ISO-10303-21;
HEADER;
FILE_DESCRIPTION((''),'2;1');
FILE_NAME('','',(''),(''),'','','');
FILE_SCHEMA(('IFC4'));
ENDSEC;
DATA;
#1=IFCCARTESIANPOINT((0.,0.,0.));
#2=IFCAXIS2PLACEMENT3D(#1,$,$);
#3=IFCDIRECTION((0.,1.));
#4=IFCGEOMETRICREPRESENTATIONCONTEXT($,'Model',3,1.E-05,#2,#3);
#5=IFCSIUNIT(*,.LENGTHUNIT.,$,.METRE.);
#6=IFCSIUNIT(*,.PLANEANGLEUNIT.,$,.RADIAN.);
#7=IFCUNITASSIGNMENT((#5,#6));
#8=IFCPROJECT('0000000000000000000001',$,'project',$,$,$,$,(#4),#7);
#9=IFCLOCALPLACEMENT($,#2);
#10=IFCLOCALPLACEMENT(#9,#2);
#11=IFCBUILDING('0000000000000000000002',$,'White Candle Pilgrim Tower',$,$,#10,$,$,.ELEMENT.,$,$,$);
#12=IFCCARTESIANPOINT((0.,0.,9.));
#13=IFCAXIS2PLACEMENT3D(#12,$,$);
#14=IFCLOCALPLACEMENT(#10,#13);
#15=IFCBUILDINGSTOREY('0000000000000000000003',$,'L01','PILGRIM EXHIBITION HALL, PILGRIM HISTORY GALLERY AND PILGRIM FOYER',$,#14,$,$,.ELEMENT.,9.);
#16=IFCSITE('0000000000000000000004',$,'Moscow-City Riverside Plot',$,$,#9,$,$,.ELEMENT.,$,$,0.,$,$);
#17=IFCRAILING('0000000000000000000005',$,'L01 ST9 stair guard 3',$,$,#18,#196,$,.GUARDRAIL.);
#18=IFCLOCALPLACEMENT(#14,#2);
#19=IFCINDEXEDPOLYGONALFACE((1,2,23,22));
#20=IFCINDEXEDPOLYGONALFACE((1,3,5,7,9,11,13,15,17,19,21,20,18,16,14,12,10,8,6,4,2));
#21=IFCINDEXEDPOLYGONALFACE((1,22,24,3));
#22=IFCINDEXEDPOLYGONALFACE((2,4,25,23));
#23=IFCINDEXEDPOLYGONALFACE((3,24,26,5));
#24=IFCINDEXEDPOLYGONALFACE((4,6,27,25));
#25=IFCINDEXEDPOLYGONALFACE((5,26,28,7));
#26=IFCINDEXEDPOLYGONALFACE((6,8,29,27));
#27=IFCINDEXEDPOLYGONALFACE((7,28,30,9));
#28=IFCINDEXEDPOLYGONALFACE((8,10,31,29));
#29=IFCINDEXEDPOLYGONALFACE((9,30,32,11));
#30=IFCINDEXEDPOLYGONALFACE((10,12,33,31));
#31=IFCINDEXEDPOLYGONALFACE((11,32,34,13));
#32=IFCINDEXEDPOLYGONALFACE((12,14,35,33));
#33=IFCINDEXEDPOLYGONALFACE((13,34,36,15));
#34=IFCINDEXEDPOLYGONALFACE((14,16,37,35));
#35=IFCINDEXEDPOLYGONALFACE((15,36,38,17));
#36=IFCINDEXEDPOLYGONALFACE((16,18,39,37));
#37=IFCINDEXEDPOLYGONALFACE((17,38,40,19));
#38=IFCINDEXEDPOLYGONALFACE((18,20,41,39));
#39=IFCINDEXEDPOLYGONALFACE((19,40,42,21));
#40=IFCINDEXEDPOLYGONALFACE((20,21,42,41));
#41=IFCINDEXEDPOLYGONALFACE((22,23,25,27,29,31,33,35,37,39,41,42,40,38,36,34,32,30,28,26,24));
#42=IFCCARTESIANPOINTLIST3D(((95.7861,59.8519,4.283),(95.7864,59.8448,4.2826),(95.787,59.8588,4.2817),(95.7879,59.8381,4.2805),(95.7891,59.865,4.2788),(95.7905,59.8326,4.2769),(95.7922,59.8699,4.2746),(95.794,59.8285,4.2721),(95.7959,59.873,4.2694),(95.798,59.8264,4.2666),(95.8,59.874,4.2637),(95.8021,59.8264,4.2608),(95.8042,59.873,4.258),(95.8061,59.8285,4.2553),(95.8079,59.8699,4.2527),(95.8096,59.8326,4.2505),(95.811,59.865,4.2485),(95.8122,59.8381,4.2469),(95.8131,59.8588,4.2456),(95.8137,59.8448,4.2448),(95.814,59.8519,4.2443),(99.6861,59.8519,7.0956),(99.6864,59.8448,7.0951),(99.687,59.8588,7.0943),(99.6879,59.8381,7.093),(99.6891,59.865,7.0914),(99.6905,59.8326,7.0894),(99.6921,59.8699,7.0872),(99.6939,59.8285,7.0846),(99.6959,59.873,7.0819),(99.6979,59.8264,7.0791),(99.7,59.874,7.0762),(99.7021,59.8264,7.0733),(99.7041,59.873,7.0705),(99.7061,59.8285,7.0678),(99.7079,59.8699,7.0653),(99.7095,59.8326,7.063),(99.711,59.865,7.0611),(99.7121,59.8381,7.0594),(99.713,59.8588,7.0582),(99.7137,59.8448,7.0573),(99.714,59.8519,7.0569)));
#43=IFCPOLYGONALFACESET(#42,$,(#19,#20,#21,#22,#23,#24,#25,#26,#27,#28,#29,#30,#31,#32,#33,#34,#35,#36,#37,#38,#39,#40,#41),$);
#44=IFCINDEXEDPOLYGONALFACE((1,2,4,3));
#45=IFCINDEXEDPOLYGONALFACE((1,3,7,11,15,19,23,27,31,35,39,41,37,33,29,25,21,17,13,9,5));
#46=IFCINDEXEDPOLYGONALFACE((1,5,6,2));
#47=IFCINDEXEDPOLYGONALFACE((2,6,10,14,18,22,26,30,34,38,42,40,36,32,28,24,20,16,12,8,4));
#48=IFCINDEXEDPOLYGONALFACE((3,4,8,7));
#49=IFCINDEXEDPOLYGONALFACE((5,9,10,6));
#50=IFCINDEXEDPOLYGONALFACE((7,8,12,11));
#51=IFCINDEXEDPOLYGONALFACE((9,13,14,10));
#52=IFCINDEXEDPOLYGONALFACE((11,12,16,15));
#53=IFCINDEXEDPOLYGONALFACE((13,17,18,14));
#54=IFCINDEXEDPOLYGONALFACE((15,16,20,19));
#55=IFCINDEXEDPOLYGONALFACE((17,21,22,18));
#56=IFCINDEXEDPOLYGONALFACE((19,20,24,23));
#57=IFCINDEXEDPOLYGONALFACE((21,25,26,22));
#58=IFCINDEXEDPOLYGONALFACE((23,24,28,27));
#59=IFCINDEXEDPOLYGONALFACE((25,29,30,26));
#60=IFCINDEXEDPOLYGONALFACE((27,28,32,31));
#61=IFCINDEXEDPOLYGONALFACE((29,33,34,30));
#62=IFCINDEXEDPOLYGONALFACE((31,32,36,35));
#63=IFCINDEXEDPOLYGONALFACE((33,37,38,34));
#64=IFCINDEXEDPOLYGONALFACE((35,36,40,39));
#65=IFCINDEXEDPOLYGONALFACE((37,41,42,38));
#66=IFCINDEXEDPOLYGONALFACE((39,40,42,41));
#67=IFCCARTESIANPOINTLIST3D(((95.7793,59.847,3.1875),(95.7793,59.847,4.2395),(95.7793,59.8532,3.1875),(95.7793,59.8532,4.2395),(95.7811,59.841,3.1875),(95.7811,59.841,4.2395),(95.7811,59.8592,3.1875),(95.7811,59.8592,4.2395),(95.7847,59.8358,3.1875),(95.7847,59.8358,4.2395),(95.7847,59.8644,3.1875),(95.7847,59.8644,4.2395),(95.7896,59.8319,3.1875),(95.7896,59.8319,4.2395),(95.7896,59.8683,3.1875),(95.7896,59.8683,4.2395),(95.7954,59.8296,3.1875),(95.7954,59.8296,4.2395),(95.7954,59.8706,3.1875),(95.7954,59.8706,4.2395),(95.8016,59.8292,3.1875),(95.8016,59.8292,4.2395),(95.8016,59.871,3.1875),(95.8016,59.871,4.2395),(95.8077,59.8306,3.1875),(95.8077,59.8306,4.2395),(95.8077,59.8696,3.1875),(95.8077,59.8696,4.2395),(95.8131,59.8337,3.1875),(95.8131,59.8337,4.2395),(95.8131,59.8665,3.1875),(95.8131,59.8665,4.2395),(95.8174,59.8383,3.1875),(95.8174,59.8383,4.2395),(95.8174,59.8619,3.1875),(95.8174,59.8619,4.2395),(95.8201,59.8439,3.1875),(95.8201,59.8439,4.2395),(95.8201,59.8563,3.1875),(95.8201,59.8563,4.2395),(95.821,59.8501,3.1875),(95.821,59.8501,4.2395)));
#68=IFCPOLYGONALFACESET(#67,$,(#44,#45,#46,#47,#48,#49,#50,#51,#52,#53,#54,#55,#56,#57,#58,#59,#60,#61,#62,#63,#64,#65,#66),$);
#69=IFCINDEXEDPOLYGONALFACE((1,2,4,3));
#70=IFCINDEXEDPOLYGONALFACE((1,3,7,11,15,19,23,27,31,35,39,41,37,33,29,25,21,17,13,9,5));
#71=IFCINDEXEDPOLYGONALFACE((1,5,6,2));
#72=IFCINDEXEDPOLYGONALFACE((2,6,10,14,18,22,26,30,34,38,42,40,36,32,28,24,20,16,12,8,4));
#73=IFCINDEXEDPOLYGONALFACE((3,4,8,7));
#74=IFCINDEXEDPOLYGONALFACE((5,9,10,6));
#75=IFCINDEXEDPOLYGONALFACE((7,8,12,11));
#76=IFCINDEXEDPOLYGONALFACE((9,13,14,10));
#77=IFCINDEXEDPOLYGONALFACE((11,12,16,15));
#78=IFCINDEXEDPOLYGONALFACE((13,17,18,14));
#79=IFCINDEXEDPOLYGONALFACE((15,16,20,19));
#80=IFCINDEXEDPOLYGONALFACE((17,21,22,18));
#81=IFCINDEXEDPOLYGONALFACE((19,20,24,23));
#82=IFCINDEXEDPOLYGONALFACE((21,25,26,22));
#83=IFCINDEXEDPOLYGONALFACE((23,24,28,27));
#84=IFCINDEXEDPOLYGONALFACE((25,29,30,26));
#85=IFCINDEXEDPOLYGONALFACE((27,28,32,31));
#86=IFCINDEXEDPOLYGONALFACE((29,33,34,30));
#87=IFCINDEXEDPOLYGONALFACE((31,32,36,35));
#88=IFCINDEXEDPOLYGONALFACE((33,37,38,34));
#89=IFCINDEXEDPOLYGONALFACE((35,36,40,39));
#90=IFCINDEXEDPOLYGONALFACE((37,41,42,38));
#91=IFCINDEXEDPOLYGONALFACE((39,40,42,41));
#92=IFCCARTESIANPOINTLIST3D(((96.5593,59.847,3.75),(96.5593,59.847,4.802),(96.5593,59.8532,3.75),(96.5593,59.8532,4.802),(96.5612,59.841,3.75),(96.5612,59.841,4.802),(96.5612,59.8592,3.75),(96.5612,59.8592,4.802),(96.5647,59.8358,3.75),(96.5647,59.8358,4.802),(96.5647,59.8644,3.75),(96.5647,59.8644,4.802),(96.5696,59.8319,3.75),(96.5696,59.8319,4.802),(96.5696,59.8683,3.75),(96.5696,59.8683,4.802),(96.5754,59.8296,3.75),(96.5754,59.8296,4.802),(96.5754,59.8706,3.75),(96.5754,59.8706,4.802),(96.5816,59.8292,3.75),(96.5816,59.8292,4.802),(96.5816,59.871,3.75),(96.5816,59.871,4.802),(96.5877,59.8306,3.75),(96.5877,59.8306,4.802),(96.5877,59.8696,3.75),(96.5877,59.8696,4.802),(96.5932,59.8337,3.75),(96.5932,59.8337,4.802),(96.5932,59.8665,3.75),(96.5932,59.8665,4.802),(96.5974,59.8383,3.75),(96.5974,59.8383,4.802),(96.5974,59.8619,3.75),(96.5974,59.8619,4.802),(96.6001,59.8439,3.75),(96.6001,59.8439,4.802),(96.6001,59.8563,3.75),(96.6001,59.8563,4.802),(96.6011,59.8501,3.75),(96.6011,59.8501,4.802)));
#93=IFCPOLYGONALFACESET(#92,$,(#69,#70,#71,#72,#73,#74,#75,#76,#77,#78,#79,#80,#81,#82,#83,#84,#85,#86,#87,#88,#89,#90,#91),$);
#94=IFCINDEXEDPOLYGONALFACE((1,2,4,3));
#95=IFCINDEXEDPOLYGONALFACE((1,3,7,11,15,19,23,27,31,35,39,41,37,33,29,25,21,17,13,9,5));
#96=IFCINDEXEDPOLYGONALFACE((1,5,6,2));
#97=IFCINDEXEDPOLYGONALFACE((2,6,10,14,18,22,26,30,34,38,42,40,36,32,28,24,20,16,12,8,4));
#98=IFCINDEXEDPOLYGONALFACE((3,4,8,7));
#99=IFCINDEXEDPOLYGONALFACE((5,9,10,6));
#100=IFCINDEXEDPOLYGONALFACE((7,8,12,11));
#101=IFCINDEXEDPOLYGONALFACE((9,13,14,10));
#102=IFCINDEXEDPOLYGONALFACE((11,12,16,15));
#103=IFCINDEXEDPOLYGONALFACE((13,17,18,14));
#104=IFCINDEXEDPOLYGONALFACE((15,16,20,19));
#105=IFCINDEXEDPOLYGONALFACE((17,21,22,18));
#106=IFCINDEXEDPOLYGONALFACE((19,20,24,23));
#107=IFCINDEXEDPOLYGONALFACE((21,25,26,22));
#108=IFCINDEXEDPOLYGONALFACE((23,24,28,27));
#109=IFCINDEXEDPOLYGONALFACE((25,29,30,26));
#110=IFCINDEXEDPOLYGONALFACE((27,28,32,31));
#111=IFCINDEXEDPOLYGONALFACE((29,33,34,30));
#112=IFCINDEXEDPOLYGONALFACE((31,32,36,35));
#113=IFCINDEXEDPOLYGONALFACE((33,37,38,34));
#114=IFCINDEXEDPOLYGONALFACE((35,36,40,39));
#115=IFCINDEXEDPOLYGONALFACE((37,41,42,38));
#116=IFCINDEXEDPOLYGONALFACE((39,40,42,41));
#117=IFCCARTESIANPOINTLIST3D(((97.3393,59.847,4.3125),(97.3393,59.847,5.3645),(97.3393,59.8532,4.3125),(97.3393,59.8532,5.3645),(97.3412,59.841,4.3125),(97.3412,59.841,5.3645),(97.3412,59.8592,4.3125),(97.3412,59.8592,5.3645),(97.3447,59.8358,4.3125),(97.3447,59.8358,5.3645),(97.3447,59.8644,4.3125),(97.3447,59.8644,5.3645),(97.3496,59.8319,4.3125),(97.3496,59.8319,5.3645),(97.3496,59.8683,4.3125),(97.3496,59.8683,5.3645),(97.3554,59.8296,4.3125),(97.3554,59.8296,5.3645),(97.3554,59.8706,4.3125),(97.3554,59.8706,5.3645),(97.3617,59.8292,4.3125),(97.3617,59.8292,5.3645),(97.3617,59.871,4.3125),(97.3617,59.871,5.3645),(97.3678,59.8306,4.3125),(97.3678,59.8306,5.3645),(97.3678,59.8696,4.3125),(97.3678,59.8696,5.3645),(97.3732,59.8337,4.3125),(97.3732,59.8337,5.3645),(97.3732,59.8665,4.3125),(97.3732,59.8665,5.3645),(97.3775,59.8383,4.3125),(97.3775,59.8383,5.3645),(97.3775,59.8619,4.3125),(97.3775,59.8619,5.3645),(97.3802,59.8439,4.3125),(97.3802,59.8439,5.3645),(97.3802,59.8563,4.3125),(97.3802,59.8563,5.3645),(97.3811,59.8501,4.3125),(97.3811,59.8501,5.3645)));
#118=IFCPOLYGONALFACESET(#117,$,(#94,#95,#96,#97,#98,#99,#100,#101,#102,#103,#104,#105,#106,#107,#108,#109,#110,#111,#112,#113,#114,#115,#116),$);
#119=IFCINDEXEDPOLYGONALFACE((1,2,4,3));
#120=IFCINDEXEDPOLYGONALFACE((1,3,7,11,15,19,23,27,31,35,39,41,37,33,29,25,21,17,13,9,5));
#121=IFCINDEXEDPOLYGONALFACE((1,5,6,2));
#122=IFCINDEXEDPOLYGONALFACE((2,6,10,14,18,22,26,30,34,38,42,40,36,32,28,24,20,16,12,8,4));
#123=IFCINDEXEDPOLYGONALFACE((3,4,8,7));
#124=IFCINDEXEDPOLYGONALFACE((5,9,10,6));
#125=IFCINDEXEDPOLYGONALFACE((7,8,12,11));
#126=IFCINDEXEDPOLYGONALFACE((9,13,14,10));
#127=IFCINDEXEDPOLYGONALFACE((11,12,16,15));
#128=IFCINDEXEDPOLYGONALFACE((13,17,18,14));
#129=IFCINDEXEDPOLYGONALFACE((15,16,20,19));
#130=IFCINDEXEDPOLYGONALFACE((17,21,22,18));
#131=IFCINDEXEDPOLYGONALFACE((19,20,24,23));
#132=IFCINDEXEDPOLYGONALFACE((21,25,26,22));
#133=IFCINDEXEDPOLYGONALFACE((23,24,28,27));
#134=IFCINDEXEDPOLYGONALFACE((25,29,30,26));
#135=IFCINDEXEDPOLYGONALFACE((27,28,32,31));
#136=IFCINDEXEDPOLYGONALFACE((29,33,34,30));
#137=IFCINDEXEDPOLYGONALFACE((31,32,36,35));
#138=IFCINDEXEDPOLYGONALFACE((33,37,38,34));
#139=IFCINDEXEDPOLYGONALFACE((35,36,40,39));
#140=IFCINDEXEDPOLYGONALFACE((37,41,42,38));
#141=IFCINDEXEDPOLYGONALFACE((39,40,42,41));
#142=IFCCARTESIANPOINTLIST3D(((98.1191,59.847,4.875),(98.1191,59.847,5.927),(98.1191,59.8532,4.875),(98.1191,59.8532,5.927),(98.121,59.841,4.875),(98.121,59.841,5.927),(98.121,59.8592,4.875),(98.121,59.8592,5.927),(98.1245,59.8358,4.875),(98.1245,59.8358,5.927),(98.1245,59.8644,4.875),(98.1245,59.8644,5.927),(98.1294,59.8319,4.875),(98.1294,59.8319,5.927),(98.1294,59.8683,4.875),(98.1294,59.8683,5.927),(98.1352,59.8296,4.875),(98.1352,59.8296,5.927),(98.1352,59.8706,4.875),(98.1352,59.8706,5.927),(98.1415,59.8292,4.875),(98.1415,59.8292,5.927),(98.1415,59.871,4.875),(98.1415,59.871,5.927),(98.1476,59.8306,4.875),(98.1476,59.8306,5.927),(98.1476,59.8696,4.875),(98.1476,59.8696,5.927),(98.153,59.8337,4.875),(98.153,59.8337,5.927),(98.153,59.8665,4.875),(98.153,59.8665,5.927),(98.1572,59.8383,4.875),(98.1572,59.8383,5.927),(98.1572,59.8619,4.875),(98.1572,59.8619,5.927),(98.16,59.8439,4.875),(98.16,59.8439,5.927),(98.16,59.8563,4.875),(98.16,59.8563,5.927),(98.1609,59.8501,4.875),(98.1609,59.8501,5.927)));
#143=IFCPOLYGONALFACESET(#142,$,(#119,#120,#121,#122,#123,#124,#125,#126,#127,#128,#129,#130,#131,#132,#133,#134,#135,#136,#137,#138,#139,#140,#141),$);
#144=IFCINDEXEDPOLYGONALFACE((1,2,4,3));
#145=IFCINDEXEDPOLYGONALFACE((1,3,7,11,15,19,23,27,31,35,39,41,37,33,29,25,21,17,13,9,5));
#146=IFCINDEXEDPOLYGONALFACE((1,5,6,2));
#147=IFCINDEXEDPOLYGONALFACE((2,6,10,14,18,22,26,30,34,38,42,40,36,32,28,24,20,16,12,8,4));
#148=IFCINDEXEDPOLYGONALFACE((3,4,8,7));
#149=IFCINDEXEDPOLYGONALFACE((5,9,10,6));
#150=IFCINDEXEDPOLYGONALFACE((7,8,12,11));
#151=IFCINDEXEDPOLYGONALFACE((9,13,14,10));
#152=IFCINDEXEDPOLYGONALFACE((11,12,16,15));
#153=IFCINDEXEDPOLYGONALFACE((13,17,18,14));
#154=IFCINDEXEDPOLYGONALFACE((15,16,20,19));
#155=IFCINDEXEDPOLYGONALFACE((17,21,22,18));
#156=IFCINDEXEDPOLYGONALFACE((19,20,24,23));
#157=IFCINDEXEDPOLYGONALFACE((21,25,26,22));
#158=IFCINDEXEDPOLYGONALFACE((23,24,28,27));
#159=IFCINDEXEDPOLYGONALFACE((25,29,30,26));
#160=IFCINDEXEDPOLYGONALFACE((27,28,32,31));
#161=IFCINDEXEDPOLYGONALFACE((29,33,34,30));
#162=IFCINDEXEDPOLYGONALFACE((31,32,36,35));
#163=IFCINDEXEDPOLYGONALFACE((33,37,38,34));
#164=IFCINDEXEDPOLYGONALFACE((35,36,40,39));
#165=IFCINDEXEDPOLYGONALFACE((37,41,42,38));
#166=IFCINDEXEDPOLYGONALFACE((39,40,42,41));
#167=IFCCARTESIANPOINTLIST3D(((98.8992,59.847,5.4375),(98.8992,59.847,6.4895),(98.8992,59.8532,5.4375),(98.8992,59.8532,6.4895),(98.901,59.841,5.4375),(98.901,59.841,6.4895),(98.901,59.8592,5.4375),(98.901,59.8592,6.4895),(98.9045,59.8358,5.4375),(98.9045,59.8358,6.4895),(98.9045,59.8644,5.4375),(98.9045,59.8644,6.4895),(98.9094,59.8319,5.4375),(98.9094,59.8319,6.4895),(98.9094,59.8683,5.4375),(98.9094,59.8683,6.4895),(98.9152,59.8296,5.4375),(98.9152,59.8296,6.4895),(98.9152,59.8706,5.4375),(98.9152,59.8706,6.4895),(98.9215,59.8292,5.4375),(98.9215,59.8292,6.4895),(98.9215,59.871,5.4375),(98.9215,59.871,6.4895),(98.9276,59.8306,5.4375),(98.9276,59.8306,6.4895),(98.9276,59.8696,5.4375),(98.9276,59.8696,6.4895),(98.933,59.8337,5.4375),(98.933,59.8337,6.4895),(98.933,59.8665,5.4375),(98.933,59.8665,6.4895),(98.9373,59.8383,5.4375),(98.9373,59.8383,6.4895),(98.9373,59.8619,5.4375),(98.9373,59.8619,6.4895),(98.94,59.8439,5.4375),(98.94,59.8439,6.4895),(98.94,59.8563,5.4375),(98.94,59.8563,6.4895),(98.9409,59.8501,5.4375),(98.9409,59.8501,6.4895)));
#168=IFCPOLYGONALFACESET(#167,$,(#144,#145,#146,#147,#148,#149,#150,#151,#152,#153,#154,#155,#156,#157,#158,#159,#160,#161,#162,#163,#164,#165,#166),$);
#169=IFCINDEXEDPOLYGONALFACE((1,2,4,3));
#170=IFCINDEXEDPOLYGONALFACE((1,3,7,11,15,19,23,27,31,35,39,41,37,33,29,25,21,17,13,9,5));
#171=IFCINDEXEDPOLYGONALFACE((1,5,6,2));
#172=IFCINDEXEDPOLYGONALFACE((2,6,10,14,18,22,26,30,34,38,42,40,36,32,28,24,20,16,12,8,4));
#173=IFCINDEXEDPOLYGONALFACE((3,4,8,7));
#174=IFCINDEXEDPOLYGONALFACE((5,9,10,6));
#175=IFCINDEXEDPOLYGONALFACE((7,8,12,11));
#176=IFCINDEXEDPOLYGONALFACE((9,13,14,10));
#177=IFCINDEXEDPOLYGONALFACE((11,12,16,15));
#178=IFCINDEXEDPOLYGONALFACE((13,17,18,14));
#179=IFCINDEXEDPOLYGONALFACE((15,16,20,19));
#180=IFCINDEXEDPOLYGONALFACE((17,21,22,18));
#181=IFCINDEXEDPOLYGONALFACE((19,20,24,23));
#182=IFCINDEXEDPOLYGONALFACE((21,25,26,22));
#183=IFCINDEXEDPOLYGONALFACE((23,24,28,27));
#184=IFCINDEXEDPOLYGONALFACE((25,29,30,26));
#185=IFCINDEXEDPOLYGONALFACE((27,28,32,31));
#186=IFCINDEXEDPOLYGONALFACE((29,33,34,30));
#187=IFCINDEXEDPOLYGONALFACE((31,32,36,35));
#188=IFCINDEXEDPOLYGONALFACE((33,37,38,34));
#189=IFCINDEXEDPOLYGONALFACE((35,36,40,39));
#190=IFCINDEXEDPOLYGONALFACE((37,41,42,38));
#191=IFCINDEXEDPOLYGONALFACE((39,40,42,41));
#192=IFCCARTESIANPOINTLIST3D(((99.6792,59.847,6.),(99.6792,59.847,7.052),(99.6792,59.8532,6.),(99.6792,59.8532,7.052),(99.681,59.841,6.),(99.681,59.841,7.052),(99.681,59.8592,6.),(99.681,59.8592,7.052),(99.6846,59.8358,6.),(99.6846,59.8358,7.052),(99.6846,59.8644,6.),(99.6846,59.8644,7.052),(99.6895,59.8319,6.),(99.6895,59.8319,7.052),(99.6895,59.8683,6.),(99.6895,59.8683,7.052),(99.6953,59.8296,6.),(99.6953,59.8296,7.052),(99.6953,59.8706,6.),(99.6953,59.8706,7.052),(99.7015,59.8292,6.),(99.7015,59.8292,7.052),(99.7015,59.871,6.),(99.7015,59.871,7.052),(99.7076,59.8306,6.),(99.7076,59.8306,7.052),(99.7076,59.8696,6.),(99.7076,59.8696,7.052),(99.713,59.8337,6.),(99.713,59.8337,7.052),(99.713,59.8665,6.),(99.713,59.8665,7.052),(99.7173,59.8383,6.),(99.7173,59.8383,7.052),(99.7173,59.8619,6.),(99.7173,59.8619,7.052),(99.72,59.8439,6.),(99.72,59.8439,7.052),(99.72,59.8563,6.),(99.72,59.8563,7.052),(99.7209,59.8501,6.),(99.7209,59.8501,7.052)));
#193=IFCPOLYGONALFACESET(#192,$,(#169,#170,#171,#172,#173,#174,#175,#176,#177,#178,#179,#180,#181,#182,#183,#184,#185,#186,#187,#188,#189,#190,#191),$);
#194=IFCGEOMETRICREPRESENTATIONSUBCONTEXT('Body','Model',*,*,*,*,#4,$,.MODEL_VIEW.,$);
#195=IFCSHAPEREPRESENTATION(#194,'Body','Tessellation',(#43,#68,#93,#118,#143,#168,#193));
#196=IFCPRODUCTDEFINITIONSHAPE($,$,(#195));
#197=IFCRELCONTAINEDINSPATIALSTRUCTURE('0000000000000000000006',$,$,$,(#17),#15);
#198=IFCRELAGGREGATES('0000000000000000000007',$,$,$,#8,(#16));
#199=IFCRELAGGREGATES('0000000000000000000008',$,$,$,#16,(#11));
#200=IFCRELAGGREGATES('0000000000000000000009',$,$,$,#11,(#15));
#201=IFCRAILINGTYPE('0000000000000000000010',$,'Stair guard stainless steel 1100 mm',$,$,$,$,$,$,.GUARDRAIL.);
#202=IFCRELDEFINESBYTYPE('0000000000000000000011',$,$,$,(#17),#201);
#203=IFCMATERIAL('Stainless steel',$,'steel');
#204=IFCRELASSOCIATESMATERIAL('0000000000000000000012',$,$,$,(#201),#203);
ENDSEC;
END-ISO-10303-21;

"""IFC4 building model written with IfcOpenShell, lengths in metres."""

from ifc_helpers import new_model, si_unit, direction, frame, origin, origin_2d, place, context, subcontext, project, spatial, circle, extrude, material, type_object, element, save


model = new_model("IFC4")

# Units and contexts
model_context = context("Model", 3, precision=1e-05, world=origin(), true_north=direction((0.0, 1.0)))
body_context = subcontext(model_context, "Body", "Model", "MODEL_VIEW")
ifc_project = project(units=[si_unit("LENGTHUNIT", "METRE"), si_unit("PLANEANGLEUNIT", "RADIAN")], contexts=[model_context])

# Site, building, storey
site_placement = place(None, origin())
site = spatial("IfcSite", under=ifc_project, at=site_placement, Name="Moscow-City Riverside Plot", CompositionType="ELEMENT", RefElevation=0.0)
building_placement = place(site_placement, origin())
building = spatial("IfcBuilding", under=site, at=building_placement, Name="White Candle Pilgrim Tower", CompositionType="ELEMENT")
storey_placement = place(building_placement, frame((0.0, 0.0, 9.0)))
storey = spatial("IfcBuildingStorey", under=building, at=storey_placement, Name="L01", Description="PILGRIM EXHIBITION HALL, PILGRIM HISTORY GALLERY AND PILGRIM FOYER", CompositionType="ELEMENT", Elevation=9.0)

# Railing
ifc_material_1 = material(Name="Stainless steel", Category="steel")
railing_type_1 = type_object("IfcRailingType", Name="Stair guard stainless steel 1100 mm", PredefinedType="GUARDRAIL", material=ifc_material_1)
railing_1_placement = place(storey_placement, frame((95.8, 59.8501, 3.1875)))
element("IfcRailing", 1, at=railing_1_placement, inside=storey, type_object=railing_type_1, Name="L01 ST9 stair guard 3", PredefinedType="GUARDRAIL", context=body_context, shape_type="SweptSolid", body=[
    extrude(circle(Radius=0.0239, at=origin_2d()), frame((0.0, 0.0, 1.0762), z_axis=(0.811083, 0.0, 0.584931), x_axis=(0.0, 1.0, 0.0)), (0.0, 0.0, 1.0), 4.8083),
    extrude(circle(Radius=0.021, at=origin_2d()), origin(), (0.0, 0.0, 1.0), 1.052),
    extrude(circle(Radius=0.021, at=origin_2d()), frame((0.78, 0.0, 0.5625)), (0.0, 0.0, 1.0), 1.052),
    extrude(circle(Radius=0.021, at=origin_2d()), frame((1.5601, 0.0, 1.125)), (0.0, 0.0, 1.0), 1.052),
    extrude(circle(Radius=0.021, at=origin_2d()), frame((2.3398, 0.0, 1.6875)), (0.0, 0.0, 1.0), 1.052),
    extrude(circle(Radius=0.021, at=origin_2d()), frame((3.1199, 0.0, 2.25)), (0.0, 0.0, 1.0), 1.052),
    extrude(circle(Radius=0.021, at=origin_2d()), frame((3.8999, 0.0, 2.8125)), (0.0, 0.0, 1.0), 1.052),
])

save(model, "model.ifc")
